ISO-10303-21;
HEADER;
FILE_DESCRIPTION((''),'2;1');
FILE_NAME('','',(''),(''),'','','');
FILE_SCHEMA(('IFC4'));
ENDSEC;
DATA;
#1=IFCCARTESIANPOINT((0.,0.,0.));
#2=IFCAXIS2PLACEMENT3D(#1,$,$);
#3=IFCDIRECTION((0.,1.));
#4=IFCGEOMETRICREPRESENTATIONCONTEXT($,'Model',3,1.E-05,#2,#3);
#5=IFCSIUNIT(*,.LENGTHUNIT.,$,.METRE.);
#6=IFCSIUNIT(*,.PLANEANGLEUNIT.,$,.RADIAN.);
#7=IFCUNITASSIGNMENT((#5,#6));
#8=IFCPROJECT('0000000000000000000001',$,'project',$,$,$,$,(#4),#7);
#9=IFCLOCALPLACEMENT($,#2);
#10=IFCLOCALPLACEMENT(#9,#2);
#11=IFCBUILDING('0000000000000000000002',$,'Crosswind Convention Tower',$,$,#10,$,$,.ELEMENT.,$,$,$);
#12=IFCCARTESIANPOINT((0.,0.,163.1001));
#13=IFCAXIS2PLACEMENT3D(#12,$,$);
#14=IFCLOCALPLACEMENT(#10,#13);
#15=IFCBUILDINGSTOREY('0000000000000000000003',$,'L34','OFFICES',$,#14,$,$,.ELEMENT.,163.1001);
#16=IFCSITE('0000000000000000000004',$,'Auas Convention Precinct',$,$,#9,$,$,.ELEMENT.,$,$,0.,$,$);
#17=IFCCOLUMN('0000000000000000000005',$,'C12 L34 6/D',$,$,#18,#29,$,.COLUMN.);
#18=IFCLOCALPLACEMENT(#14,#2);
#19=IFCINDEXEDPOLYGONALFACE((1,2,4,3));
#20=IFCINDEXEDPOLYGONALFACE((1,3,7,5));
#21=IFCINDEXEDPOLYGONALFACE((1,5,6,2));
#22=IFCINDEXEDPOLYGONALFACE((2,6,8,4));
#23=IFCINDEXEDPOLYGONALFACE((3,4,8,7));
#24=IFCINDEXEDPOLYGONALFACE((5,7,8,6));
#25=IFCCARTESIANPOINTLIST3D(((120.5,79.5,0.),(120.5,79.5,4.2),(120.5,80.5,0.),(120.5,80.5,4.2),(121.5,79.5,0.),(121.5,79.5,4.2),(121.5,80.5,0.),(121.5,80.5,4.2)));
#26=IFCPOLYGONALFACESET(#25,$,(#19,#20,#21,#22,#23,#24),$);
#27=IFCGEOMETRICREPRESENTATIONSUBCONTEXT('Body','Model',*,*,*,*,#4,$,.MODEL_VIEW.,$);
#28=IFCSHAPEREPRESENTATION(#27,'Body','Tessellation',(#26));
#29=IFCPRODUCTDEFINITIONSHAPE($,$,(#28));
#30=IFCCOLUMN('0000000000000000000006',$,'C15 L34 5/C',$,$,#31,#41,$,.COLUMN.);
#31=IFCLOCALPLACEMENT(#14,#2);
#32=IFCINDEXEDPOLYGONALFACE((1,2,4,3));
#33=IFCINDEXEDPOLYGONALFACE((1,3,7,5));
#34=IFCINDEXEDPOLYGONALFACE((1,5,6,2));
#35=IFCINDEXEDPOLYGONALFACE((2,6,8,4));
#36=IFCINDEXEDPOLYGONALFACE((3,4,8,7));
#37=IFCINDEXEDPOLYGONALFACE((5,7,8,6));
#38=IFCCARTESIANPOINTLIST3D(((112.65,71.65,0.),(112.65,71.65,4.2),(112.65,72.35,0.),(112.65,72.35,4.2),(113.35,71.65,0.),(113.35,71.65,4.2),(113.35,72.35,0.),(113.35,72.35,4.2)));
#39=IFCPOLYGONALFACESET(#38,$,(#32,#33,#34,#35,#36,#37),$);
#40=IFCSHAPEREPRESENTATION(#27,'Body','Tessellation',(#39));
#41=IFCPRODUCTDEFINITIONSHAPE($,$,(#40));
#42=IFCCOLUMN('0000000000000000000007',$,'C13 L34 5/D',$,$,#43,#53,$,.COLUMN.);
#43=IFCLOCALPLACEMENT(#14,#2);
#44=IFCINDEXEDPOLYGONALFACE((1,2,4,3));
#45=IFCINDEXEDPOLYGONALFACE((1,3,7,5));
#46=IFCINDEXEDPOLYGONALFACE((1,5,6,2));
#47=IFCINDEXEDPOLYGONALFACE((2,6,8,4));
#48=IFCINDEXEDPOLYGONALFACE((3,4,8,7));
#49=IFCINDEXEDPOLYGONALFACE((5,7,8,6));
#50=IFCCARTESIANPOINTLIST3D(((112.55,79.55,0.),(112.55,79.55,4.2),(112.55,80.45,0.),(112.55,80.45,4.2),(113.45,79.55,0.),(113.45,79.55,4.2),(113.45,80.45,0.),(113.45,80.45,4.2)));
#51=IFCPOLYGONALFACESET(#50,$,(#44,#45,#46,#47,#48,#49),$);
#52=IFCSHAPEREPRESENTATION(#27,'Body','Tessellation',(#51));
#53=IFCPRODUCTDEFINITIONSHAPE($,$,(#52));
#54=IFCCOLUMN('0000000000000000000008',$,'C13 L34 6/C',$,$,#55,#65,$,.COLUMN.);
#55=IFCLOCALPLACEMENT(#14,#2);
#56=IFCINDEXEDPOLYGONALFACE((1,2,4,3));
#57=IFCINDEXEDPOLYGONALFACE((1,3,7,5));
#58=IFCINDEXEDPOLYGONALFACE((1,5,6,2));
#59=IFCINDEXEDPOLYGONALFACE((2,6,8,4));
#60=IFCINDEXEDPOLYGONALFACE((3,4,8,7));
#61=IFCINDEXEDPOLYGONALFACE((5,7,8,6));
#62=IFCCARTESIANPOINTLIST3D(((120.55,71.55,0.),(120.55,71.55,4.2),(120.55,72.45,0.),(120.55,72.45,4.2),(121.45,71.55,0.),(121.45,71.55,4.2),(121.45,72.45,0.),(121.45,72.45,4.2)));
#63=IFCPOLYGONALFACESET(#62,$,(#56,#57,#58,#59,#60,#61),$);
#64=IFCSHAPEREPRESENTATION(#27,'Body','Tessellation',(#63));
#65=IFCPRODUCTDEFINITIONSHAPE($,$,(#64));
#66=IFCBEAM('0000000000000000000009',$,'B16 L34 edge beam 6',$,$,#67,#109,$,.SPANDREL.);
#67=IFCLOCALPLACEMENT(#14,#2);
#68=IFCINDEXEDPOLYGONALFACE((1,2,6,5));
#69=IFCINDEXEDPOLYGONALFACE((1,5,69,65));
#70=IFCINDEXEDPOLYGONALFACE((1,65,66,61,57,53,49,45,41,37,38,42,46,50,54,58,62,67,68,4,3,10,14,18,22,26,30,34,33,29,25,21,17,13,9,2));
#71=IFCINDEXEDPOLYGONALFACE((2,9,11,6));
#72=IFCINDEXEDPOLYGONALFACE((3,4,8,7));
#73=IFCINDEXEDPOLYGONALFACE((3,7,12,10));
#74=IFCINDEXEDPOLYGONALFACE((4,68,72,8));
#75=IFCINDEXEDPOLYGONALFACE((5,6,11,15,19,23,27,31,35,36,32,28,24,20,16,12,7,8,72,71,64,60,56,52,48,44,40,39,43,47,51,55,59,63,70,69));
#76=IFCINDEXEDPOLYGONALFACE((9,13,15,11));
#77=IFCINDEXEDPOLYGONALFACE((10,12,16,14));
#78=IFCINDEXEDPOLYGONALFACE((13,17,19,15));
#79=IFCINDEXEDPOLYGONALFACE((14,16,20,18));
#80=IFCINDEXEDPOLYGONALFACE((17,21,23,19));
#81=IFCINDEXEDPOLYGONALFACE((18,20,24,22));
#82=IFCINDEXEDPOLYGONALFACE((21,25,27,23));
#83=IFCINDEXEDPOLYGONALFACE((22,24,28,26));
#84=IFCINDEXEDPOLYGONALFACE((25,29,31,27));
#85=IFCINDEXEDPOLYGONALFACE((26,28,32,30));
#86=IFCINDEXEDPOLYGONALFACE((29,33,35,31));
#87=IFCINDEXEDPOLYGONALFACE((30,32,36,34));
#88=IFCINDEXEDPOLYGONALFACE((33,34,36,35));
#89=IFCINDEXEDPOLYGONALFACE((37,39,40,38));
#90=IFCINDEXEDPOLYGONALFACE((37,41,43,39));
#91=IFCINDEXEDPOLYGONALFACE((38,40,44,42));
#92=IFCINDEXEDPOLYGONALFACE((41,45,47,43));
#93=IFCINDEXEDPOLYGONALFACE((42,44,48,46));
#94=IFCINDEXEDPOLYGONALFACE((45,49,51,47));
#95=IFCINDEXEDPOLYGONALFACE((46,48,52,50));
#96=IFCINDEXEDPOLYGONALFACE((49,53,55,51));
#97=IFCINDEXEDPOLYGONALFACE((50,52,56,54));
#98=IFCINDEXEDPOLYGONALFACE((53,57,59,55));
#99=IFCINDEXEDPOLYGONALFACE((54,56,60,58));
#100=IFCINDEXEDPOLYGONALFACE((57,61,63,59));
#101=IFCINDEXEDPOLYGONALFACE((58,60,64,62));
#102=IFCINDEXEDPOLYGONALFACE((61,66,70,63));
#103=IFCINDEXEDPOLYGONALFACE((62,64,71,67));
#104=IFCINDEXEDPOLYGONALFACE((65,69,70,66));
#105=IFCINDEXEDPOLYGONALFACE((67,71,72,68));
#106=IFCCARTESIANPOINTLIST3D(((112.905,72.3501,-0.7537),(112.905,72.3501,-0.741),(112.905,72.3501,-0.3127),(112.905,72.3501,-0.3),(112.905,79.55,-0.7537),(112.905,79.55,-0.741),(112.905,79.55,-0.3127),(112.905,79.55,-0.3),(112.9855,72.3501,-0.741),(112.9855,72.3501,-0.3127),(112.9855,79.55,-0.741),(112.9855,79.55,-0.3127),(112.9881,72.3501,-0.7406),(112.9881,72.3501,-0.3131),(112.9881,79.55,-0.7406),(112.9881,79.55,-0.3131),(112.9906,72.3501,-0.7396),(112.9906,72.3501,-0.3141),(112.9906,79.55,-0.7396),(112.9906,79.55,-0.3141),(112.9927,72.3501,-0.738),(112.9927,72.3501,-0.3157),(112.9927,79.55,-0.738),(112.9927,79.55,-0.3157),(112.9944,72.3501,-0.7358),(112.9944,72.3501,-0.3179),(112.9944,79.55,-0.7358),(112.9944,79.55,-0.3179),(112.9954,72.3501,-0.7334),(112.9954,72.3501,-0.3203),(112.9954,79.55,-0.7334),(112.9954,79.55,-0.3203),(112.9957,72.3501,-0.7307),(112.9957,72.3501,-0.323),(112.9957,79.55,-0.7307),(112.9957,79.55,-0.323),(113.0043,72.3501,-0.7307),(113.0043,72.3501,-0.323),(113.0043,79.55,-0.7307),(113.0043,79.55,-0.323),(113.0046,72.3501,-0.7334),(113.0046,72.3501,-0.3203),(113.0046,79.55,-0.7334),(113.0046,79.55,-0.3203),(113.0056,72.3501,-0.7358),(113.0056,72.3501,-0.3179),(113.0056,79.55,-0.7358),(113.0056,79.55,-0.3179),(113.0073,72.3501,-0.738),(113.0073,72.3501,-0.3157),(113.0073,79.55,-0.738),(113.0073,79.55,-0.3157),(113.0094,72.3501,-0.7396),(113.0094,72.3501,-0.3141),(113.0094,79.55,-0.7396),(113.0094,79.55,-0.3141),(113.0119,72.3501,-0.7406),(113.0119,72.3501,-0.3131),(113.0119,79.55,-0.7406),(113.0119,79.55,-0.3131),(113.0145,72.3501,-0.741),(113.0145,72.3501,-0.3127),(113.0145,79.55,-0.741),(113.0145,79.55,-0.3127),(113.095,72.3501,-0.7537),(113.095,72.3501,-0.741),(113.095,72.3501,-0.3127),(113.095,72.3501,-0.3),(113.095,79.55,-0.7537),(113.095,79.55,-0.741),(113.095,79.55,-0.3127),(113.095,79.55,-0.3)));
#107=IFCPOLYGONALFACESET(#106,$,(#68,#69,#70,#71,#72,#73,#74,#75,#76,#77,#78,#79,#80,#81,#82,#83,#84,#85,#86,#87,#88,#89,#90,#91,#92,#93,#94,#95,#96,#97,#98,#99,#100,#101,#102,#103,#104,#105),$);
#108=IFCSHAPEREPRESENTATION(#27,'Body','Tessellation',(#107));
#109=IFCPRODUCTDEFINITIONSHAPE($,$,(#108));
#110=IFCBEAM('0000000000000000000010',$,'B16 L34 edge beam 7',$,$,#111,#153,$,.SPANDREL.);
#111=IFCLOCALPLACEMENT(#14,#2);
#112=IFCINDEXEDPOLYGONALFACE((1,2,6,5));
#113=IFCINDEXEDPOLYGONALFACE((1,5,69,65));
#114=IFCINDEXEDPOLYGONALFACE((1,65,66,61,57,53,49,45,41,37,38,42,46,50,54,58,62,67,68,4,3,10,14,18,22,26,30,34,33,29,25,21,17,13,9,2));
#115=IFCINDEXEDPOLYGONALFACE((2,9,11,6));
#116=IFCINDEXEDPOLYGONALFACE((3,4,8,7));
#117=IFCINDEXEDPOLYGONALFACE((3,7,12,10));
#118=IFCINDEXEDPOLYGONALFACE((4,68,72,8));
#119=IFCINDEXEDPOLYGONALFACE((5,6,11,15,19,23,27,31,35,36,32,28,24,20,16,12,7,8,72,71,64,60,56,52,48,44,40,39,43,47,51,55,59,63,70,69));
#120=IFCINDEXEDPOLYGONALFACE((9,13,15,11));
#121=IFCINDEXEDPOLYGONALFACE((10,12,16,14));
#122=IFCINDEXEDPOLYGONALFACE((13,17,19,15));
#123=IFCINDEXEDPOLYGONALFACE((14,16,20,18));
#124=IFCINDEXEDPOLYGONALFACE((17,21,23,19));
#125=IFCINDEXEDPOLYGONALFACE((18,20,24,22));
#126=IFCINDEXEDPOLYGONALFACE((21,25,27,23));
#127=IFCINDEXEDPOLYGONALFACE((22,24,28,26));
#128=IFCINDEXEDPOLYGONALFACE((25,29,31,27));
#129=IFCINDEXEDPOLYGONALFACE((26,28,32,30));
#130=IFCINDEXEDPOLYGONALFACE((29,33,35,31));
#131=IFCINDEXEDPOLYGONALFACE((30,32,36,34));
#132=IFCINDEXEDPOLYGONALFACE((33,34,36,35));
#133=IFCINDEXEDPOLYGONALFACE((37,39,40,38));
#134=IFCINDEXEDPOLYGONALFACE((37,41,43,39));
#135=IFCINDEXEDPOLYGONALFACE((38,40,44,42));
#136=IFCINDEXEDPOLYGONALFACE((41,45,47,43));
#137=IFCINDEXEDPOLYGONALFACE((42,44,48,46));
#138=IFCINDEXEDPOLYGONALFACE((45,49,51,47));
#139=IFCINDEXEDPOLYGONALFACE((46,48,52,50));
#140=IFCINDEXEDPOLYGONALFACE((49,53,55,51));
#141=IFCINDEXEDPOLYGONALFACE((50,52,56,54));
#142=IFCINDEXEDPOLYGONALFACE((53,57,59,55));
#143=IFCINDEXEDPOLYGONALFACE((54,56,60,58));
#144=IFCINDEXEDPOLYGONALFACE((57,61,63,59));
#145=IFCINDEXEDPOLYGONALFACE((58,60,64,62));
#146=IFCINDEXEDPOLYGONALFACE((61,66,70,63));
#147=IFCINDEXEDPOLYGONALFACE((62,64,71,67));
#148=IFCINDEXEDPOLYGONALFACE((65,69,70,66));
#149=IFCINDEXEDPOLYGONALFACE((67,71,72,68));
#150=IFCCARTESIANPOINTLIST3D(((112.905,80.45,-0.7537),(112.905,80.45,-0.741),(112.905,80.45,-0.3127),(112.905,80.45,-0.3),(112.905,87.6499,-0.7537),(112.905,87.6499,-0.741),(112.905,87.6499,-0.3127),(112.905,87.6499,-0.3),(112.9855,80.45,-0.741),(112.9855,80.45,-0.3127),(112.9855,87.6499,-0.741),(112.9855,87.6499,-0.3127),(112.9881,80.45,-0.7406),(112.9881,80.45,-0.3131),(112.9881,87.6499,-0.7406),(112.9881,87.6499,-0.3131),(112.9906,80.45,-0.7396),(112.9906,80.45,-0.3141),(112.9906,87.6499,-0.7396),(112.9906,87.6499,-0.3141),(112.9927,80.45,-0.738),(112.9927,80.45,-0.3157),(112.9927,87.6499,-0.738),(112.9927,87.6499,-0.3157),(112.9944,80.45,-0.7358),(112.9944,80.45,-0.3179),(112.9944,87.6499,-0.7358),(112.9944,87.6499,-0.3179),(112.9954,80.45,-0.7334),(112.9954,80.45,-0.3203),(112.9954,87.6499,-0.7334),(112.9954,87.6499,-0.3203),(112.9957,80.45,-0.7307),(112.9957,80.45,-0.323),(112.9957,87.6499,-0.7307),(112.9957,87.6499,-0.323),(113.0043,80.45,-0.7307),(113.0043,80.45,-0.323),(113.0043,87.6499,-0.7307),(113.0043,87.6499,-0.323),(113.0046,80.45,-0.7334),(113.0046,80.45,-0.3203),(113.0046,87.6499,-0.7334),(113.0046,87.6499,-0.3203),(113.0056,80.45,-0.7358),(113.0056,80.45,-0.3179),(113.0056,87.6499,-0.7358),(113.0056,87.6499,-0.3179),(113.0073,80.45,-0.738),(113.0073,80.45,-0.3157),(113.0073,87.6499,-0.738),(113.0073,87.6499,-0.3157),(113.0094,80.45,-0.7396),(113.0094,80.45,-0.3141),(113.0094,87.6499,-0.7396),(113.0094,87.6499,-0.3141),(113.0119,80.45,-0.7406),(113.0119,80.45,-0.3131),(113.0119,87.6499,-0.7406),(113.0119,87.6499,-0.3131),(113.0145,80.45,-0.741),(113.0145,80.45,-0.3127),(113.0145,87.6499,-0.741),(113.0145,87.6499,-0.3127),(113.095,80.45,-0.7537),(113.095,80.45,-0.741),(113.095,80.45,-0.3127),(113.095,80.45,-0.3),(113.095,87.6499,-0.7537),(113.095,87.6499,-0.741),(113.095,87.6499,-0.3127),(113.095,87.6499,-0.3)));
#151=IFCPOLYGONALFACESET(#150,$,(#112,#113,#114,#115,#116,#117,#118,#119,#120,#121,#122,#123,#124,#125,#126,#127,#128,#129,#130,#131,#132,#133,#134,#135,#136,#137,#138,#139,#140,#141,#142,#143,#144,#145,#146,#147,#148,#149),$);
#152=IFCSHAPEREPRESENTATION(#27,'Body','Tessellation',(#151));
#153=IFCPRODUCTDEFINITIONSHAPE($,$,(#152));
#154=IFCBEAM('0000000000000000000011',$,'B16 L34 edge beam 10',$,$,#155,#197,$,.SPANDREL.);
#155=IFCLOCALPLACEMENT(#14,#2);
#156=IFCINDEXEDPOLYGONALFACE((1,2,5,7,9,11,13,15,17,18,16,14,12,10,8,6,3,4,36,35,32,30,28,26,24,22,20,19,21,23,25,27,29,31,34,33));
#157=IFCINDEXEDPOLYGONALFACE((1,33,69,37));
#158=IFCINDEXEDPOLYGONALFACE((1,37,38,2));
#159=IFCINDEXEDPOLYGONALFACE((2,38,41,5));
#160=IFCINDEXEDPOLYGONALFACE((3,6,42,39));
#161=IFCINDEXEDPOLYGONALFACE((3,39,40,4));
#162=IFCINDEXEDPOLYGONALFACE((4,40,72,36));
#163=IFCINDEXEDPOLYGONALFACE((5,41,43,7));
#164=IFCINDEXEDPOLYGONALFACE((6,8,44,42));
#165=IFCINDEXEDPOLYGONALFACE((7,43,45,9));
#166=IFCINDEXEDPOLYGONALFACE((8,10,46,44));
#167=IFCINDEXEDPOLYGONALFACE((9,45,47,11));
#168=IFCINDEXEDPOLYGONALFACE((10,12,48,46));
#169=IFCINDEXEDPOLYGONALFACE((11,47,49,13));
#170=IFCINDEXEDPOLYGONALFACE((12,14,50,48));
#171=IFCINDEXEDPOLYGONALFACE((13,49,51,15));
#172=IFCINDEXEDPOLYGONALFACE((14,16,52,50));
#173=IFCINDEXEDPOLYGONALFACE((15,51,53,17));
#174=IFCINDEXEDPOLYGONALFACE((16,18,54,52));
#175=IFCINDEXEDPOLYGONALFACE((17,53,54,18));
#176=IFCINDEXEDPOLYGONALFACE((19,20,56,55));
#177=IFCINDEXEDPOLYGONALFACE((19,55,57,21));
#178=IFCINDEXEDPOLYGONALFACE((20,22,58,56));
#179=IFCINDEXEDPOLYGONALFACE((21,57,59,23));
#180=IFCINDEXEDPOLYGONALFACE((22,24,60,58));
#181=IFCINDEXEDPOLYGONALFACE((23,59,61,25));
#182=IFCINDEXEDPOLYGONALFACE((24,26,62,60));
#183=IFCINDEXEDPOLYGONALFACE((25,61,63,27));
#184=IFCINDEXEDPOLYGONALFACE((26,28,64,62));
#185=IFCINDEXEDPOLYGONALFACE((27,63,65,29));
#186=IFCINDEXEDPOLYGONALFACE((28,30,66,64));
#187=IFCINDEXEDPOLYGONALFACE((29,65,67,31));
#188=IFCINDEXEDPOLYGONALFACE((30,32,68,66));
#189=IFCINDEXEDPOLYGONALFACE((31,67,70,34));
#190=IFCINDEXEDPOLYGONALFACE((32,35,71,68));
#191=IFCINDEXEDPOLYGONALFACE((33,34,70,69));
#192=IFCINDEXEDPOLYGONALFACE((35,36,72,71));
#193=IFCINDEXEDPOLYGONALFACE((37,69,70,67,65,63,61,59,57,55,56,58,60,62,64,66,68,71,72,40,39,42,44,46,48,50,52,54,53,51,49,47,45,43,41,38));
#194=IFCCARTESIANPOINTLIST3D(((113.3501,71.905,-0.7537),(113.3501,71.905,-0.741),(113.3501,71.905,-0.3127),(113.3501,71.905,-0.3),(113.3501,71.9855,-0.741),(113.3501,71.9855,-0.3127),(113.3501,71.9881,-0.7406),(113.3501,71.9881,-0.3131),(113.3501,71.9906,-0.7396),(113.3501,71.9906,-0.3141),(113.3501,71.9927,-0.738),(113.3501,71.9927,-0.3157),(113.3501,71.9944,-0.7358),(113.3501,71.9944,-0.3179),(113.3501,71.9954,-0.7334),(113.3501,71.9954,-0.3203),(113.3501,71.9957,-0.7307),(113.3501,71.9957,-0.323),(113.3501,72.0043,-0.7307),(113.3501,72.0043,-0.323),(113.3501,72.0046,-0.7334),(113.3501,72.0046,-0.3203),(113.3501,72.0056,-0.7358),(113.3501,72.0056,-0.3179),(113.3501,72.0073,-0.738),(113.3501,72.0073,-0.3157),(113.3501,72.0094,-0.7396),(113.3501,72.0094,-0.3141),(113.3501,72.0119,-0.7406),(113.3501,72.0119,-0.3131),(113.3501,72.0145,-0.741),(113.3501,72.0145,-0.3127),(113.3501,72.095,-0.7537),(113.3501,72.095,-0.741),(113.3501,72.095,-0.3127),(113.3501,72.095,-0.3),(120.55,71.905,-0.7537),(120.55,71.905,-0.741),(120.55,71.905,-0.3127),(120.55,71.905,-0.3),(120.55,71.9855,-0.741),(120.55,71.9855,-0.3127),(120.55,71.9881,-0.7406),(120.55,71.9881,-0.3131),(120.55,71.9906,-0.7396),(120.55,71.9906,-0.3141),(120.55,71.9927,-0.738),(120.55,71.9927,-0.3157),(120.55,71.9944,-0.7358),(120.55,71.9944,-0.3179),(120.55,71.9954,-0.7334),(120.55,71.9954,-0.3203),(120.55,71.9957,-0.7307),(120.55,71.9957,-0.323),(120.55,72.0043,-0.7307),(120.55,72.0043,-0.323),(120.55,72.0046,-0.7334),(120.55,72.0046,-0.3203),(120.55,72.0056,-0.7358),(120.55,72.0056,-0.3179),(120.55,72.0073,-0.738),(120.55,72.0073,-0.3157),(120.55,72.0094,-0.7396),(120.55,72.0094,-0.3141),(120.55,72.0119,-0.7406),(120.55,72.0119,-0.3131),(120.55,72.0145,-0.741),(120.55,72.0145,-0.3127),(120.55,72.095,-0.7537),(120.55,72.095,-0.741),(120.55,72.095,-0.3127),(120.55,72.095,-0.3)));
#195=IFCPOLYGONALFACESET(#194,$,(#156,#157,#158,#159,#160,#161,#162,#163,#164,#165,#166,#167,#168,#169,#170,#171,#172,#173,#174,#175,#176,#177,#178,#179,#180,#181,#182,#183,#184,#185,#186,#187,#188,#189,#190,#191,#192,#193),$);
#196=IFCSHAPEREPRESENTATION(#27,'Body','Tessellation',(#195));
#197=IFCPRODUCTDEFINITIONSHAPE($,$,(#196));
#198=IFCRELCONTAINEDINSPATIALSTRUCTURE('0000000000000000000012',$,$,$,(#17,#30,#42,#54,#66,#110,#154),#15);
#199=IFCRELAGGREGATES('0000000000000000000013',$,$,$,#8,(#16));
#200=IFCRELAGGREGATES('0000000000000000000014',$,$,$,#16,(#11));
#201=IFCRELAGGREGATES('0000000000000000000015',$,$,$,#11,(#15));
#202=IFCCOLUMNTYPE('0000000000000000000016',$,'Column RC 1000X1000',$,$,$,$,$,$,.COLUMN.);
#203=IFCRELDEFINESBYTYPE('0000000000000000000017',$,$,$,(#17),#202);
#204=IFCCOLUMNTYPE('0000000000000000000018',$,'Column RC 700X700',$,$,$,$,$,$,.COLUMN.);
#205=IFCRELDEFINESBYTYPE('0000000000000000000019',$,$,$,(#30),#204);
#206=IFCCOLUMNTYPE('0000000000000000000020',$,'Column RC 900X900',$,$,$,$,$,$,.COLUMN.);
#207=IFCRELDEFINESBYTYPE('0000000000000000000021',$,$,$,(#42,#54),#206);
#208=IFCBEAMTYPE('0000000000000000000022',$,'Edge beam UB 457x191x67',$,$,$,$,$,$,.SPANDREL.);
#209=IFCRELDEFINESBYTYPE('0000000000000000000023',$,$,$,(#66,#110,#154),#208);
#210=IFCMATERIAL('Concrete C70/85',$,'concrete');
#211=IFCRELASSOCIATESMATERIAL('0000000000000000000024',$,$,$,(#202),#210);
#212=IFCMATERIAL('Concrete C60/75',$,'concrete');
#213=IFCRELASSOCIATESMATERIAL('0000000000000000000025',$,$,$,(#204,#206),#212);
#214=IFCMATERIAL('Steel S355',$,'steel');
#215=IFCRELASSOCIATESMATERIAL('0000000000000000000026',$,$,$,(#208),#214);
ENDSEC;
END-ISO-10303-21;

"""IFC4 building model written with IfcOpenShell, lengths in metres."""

from ifc_helpers import new_model, si_unit, direction, frame, origin, origin_2d, place, context, subcontext, project, spatial, rectangle, i_section, extrude, material, material_profile, profile_set, type_object, element, save


model = new_model("IFC4")

# Units and contexts
model_context = context("Model", 3, precision=1e-05, world=origin(), true_north=direction((0.0, 1.0)))
body_context = subcontext(model_context, "Body", "Model", "MODEL_VIEW")
ifc_project = project(units=[si_unit("LENGTHUNIT", "METRE"), si_unit("PLANEANGLEUNIT", "RADIAN")], contexts=[model_context])

# Site, building, storey
site_placement = place(None, origin())
site = spatial("IfcSite", under=ifc_project, at=site_placement, Name="Auas Convention Precinct", CompositionType="ELEMENT", RefElevation=0.0)
building_placement = place(site_placement, origin())
building = spatial("IfcBuilding", under=site, at=building_placement, Name="Crosswind Convention Tower", CompositionType="ELEMENT")
storey_placement = place(building_placement, frame((0.0, 0.0, 163.1001)))
storey = spatial("IfcBuildingStorey", under=building, at=storey_placement, Name="L34", Description="OFFICES", CompositionType="ELEMENT", Elevation=163.1001)

# Columns
ifc_material_1 = material(Name="Concrete C70/85", Category="concrete")
ifc_material_profile_1 = material_profile(ifc_material_1, rectangle(XDim=1.0, YDim=1.0, at=origin_2d()), Name="RC 1000X1000")
ifc_profile_set_1 = profile_set([ifc_material_profile_1], Name="Concrete C70/85")
column_type_1 = type_object("IfcColumnType", Name="Column RC 1000X1000", PredefinedType="COLUMN", material=ifc_profile_set_1)
column_1_placement = place(storey_placement, frame((121.0, 80.0, 0.0), z_axis=(0.0, 0.0, 1.0), x_axis=(1.0, 0.0, 0.0)))
element("IfcColumn", 1, at=column_1_placement, inside=storey, type_object=column_type_1, Name="C12 L34 6/D", PredefinedType="COLUMN", context=body_context, shape_type="SweptSolid", body=[
    extrude(rectangle(XDim=1.0, YDim=1.0, at=origin_2d()), origin(), (0.0, 0.0, 1.0), 4.2),
])
ifc_material_2 = material(Name="Concrete C60/75", Category="concrete")
ifc_material_profile_2 = material_profile(ifc_material_2, rectangle(XDim=0.7, YDim=0.7, at=origin_2d()), Name="RC 700X700")
ifc_profile_set_2 = profile_set([ifc_material_profile_2], Name="Concrete C60/75")
column_type_2 = type_object("IfcColumnType", Name="Column RC 700X700", PredefinedType="COLUMN", material=ifc_profile_set_2)
column_2_placement = place(storey_placement, frame((113.0, 72.0, 0.0), z_axis=(0.0, 0.0, 1.0), x_axis=(1.0, 0.0, 0.0)))
element("IfcColumn", 2, at=column_2_placement, inside=storey, type_object=column_type_2, Name="C15 L34 5/C", PredefinedType="COLUMN", context=body_context, shape_type="SweptSolid", body=[
    extrude(rectangle(XDim=0.7, YDim=0.7, at=origin_2d()), origin(), (0.0, 0.0, 1.0), 4.2),
])
ifc_material_profile_3 = material_profile(ifc_material_2, rectangle(XDim=0.8999, YDim=0.8999, at=origin_2d()), Name="RC 900X900")
ifc_profile_set_3 = profile_set([ifc_material_profile_3], Name="Concrete C60/75")
column_type_3 = type_object("IfcColumnType", Name="Column RC 900X900", PredefinedType="COLUMN", material=ifc_profile_set_3)
for number, where, z_axis, x_axis, name in (
    (3, (113.0, 80.0, 0.0), (0.0, 0.0, 1.0), (1.0, 0.0, 0.0), "C13 L34 5/D"),
    (4, (121.0, 72.0, 0.0), (0.0, 0.0, 1.0), (1.0, 0.0, 0.0), "C13 L34 6/C"),
):
    element("IfcColumn", number, at=place(storey_placement, frame(where, z_axis=z_axis, x_axis=x_axis)), inside=storey, type_object=column_type_3, Name=name, PredefinedType="COLUMN", context=body_context, shape_type="SweptSolid", body=[
        extrude(rectangle(XDim=0.8999, YDim=0.8999, at=origin_2d()), origin(), (0.0, 0.0, 1.0), 4.2),
    ])

# Beams
ifc_material_3 = material(Name="Steel S355", Category="steel")
ifc_material_profile_4 = material_profile(ifc_material_3, i_section(OverallWidth=0.1899, OverallDepth=0.4536, WebThickness=0.0085, FlangeThickness=0.0127, FilletRadius=0.0103, at=origin_2d()), Name="UB 457x191x67")
ifc_profile_set_4 = profile_set([ifc_material_profile_4], Name="Steel S355")
beam_type_1 = type_object("IfcBeamType", Name="Edge beam UB 457x191x67", PredefinedType="SPANDREL", material=ifc_profile_set_4)
for number, where, z_axis, x_axis, name in (
    (5, (113.0, 72.3501, -0.5269), (0.0, 1.0, 0.0), (-1.0, 0.0, 0.0), "B16 L34 edge beam 6"),
    (6, (113.0, 80.45, -0.5269), (0.0, 1.0, 0.0), (-1.0, 0.0, 0.0), "B16 L34 edge beam 7"),
    (7, (113.3501, 72.0, -0.5269), (1.0, 0.0, 0.0), (0.0, 1.0, 0.0), "B16 L34 edge beam 10"),
):
    element("IfcBeam", number, at=place(storey_placement, frame(where, z_axis=z_axis, x_axis=x_axis)), inside=storey, type_object=beam_type_1, Name=name, PredefinedType="SPANDREL", context=body_context, shape_type="SweptSolid", body=[
        extrude(i_section(OverallWidth=0.1899, OverallDepth=0.4536, WebThickness=0.0085, FlangeThickness=0.0127, FilletRadius=0.0103, at=origin_2d()), origin(), (0.0, 0.0, 1.0), 7.2),
    ])

save(model, "model.ifc")
